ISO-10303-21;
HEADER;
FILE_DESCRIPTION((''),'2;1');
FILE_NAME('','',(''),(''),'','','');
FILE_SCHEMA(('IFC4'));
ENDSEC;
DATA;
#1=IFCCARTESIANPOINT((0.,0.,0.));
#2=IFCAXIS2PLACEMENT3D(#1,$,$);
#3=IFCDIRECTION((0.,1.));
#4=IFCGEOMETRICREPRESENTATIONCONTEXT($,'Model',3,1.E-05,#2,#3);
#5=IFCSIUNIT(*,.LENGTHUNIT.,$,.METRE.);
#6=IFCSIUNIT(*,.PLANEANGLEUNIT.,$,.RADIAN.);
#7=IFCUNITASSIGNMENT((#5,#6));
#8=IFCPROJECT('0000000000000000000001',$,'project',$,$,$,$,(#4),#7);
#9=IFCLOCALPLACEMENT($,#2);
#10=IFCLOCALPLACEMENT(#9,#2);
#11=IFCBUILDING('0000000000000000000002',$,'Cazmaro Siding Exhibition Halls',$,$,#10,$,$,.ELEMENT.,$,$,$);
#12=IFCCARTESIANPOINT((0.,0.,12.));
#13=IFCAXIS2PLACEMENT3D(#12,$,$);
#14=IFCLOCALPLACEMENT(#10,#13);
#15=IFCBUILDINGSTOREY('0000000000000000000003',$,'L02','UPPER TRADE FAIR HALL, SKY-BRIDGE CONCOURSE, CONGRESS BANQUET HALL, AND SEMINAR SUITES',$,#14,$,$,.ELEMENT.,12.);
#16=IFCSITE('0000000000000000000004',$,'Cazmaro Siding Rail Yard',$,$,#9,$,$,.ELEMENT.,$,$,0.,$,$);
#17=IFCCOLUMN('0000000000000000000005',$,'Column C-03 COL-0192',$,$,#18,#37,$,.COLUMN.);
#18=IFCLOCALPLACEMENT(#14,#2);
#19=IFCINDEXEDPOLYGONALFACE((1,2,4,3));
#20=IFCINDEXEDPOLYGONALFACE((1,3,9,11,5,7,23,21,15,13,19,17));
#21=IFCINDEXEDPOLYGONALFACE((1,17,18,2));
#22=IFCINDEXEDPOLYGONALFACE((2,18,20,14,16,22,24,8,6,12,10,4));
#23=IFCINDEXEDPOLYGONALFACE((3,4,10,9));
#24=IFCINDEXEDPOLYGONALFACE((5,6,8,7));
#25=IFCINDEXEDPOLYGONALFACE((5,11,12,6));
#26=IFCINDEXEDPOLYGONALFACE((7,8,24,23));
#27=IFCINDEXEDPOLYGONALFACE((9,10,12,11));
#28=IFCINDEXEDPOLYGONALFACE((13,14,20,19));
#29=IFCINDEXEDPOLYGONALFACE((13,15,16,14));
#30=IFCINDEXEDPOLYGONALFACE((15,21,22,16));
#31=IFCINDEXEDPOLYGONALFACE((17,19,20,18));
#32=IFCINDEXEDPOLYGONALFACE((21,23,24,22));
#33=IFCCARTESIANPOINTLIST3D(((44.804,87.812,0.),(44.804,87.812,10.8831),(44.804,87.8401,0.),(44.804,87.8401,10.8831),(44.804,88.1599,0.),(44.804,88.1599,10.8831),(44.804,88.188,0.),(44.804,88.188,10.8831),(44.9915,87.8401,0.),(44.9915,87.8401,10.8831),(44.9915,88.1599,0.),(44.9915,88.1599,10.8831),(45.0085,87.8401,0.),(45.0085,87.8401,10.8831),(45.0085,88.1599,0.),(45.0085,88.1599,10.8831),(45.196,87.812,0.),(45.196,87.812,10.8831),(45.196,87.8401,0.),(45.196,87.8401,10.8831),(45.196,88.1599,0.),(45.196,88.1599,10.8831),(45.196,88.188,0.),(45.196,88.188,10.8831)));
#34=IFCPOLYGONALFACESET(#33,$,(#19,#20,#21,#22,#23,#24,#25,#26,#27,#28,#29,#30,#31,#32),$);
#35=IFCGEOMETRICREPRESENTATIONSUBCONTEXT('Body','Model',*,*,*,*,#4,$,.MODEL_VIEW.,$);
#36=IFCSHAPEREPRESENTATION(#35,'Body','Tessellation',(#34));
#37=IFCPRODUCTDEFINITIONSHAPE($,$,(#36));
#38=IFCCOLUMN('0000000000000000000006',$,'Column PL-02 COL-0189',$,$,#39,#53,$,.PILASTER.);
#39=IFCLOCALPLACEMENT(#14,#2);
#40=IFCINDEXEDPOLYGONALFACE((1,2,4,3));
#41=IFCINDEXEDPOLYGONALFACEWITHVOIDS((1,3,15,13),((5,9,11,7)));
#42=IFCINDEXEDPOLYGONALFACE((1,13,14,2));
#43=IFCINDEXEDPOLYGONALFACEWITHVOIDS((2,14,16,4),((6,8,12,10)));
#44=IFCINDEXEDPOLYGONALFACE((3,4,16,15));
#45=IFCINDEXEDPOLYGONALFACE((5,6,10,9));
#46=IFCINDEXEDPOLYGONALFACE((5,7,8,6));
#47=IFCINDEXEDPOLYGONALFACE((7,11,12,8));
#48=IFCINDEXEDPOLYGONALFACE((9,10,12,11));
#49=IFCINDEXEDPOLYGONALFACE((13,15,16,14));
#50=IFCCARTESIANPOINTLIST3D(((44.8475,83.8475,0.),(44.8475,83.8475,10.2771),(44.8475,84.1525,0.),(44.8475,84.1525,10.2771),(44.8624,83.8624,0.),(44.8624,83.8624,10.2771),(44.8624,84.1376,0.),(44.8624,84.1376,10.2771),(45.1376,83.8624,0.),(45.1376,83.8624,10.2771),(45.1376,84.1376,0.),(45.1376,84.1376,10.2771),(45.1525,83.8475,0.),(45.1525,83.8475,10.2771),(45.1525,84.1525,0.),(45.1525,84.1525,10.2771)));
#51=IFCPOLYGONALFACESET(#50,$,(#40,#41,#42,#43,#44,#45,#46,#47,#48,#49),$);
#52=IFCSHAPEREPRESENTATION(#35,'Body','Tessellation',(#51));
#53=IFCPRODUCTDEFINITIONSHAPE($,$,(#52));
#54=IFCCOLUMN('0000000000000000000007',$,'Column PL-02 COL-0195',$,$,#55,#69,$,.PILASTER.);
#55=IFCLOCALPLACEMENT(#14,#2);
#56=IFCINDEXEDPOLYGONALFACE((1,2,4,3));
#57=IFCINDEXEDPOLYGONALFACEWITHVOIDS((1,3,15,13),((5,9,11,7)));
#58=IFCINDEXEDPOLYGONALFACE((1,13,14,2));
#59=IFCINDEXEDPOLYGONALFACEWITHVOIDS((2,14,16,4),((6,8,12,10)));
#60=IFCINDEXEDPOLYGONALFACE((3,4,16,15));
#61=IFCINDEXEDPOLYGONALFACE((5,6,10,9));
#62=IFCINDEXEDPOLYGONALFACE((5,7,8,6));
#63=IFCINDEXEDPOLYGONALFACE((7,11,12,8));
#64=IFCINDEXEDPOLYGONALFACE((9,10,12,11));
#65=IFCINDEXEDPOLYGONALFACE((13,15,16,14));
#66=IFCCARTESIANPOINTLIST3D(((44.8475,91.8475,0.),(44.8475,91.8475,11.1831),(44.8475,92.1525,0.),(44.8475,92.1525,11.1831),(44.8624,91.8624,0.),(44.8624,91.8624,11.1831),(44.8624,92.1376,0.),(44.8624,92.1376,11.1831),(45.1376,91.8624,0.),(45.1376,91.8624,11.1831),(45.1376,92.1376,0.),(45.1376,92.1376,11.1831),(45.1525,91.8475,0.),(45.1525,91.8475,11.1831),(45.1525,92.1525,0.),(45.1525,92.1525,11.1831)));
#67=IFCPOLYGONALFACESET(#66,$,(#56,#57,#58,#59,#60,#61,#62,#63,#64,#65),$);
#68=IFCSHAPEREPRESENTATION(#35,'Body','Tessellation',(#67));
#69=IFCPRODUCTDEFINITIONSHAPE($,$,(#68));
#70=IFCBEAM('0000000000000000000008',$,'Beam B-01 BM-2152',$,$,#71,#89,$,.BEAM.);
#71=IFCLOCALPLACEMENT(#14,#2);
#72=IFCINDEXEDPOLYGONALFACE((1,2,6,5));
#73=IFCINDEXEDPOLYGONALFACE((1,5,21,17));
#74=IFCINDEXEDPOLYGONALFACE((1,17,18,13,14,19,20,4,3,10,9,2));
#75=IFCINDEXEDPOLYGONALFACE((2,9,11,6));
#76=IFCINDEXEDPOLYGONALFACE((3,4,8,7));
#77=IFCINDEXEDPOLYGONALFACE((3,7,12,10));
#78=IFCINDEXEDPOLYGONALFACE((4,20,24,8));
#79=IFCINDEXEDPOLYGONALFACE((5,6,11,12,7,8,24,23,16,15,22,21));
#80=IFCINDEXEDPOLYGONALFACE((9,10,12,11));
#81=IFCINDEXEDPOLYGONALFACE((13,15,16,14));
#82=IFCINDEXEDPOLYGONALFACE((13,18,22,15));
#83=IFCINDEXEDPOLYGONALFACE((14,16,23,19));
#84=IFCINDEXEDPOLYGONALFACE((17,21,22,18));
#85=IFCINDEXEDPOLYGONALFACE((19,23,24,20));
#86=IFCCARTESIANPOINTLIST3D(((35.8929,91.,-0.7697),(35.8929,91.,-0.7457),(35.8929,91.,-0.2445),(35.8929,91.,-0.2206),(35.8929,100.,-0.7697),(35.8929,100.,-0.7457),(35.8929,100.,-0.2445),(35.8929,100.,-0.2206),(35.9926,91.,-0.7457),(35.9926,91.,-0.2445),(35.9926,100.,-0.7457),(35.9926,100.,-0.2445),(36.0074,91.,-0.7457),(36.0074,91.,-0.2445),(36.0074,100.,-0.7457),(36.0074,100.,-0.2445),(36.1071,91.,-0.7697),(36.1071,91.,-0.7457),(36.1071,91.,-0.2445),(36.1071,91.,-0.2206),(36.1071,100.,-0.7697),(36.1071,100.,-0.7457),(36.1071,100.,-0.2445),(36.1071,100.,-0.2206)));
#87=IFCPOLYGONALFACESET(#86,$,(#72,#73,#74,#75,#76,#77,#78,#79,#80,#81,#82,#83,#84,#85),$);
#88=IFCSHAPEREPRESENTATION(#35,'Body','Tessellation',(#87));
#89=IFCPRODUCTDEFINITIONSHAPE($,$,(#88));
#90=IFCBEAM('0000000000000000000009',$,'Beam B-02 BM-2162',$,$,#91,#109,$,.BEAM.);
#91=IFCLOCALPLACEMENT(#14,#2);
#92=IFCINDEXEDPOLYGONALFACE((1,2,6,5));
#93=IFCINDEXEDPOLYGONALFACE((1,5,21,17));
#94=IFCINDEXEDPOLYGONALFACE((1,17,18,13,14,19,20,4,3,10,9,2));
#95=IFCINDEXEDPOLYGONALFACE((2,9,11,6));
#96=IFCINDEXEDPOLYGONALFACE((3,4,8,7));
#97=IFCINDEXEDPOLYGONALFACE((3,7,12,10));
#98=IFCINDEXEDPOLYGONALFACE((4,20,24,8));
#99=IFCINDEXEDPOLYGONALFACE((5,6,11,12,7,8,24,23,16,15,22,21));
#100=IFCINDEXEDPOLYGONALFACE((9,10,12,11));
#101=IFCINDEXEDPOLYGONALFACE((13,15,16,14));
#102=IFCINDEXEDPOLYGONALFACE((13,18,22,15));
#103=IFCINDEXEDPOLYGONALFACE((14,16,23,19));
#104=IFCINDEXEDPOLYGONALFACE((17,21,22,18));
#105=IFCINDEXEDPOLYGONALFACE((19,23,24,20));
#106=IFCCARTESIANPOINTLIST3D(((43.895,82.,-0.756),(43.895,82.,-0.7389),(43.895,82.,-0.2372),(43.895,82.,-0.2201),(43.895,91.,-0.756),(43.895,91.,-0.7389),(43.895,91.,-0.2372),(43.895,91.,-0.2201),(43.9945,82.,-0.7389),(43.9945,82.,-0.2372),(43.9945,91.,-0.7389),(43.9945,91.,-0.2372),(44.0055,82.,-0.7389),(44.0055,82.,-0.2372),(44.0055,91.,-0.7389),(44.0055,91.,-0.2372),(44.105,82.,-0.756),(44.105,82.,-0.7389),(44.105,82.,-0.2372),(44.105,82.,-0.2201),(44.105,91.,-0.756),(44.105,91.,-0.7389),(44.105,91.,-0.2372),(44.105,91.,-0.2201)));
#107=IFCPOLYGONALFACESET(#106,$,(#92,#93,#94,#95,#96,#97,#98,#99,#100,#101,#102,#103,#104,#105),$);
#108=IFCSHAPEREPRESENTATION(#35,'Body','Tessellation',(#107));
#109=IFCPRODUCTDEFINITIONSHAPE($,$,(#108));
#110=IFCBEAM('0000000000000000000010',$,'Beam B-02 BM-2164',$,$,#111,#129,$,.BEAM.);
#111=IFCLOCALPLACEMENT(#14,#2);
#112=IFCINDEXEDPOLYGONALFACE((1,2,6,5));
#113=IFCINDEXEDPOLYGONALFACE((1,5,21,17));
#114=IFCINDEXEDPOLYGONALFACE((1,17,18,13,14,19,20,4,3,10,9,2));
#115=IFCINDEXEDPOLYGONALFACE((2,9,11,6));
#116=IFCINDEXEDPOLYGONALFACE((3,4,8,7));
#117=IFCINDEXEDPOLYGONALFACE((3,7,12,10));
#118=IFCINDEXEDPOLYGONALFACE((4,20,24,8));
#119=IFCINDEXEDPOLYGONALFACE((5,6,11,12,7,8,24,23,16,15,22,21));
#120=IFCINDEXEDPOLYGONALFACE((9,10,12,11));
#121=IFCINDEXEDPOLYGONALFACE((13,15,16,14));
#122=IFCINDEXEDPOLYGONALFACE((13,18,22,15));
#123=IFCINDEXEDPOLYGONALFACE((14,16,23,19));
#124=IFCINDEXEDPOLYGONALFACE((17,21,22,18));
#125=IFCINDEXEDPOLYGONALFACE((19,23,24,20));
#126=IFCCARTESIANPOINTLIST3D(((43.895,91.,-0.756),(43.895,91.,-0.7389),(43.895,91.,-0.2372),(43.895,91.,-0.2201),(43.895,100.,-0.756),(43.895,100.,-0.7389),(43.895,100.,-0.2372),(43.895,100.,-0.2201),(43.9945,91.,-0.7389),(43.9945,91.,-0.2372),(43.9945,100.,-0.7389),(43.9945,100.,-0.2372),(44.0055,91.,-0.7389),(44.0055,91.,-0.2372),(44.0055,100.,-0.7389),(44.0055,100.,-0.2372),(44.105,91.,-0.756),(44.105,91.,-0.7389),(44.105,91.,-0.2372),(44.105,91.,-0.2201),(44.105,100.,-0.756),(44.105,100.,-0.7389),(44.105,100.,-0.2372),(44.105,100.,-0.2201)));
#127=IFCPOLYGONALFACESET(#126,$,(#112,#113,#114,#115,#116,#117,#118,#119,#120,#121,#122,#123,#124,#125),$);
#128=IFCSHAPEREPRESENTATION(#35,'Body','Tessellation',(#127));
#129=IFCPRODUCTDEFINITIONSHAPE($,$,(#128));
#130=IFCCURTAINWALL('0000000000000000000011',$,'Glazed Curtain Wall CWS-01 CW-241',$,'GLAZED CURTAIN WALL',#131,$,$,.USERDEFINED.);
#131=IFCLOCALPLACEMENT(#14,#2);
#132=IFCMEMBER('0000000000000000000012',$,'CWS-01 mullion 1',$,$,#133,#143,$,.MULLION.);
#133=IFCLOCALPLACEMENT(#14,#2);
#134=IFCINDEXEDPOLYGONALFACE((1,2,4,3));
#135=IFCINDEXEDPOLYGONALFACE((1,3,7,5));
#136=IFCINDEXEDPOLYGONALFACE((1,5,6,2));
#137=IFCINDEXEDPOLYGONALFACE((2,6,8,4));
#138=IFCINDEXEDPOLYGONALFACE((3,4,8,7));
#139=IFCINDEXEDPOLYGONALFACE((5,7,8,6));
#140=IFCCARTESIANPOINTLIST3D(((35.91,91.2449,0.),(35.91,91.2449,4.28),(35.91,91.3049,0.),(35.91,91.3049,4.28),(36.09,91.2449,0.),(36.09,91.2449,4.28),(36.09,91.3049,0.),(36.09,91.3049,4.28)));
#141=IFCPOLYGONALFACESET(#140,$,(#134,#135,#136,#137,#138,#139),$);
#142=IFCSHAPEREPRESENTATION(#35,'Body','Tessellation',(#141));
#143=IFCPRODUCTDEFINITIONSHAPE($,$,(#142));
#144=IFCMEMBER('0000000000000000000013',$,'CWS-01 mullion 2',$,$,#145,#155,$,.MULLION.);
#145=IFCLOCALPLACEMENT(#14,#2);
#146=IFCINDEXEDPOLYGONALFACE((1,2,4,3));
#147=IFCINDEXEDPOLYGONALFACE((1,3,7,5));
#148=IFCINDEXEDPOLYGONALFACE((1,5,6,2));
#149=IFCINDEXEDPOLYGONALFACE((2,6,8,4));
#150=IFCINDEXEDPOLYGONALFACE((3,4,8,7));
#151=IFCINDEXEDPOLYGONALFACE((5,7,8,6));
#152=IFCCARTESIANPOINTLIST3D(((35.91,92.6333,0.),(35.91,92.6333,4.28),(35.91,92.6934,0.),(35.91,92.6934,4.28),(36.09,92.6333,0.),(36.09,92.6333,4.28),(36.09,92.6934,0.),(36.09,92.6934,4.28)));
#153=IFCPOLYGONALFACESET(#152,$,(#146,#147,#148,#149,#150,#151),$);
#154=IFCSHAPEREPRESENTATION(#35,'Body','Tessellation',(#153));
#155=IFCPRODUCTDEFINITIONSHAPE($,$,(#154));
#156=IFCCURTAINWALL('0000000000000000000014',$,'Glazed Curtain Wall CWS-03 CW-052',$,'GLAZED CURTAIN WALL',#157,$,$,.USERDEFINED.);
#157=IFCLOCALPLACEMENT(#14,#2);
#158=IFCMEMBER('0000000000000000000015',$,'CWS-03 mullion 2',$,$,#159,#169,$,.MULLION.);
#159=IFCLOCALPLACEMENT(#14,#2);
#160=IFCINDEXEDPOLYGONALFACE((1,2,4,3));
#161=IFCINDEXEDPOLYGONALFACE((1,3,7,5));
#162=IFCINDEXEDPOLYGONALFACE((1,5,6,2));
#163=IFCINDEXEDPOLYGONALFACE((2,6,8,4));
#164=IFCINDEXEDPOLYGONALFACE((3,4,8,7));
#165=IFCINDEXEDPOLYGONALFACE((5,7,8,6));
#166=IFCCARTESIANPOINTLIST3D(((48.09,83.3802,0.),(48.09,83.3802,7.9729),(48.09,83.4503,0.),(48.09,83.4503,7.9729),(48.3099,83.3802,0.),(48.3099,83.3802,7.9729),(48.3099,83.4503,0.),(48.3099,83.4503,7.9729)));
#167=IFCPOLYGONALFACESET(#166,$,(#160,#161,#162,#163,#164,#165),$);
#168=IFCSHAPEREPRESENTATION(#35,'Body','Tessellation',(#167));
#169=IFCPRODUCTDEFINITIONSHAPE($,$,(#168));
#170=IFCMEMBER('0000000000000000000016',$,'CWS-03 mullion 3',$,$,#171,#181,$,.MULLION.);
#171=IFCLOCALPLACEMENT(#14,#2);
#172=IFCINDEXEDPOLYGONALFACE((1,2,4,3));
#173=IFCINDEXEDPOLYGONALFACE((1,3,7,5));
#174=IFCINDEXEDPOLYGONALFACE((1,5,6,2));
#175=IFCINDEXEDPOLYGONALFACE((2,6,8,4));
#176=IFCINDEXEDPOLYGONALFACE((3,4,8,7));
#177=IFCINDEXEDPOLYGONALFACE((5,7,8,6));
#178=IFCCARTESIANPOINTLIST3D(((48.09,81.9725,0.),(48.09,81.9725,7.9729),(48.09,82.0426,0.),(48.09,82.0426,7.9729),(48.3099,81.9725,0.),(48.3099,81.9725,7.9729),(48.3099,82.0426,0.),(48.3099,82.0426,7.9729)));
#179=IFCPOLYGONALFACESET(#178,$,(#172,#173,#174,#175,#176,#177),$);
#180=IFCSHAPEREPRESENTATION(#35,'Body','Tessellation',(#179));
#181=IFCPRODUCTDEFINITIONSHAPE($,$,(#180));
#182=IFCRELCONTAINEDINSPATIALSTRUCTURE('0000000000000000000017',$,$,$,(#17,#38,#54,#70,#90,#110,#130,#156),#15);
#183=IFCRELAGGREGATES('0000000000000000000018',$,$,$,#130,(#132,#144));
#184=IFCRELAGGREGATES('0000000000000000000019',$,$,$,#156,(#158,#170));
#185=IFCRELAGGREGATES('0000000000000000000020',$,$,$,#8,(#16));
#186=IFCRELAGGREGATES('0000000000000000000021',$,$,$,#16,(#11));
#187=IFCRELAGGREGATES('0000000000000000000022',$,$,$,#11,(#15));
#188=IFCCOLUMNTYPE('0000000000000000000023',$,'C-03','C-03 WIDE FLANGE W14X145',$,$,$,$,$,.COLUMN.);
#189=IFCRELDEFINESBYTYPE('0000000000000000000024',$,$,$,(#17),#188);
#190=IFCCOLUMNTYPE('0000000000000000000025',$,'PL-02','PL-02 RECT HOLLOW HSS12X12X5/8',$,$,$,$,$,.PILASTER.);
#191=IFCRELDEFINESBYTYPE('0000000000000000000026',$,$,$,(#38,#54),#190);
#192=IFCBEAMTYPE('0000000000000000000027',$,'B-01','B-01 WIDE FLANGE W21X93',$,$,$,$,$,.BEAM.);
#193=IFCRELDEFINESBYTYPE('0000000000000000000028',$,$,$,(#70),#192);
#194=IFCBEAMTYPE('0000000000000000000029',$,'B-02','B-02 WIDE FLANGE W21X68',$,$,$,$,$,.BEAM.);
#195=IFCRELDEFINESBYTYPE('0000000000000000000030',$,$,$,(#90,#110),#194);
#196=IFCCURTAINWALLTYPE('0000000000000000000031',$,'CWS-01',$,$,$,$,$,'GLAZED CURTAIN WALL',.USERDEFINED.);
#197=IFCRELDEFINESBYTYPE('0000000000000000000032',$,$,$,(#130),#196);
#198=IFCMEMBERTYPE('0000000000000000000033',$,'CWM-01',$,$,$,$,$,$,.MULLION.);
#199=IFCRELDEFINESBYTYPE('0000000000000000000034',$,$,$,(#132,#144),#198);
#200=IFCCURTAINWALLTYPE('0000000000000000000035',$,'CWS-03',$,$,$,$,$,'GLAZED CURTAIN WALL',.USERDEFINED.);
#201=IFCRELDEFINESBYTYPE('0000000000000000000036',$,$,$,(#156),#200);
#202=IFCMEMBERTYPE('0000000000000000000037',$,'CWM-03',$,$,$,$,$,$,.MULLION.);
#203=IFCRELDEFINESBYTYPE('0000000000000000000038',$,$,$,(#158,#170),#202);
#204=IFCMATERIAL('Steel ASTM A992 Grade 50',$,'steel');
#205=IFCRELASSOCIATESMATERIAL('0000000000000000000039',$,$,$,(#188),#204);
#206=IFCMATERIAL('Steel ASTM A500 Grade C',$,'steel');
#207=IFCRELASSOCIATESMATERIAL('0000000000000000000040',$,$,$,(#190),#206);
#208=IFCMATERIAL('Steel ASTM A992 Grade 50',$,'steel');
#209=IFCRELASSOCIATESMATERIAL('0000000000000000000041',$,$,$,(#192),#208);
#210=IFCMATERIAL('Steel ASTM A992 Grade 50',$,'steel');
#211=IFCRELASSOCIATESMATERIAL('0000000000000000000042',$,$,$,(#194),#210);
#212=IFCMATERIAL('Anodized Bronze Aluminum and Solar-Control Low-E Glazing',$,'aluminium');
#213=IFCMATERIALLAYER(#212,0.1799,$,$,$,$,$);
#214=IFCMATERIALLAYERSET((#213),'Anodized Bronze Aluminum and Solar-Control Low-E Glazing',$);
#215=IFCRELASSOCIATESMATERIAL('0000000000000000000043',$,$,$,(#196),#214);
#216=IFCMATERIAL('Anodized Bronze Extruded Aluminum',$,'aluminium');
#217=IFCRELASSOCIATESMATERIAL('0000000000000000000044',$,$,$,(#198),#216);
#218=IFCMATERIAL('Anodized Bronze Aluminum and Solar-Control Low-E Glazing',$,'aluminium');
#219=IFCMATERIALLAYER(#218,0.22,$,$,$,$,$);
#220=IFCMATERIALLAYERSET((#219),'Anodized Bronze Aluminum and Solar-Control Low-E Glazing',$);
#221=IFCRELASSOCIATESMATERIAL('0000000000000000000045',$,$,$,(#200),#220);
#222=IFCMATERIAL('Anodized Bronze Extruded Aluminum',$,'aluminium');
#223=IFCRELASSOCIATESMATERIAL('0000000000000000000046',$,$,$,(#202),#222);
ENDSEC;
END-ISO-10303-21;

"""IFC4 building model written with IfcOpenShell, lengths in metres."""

from ifc_helpers import new_model, si_unit, direction, frame, origin, origin_2d, place, context, subcontext, project, spatial, rectangle, hollow_rectangle, i_section, extrude, material, layer, layer_set, material_profile, profile_set, type_object, element, aggregate, save


model = new_model("IFC4")

# Units and contexts
model_context = context("Model", 3, precision=1e-05, world=origin(), true_north=direction((0.0, 1.0)))
body_context = subcontext(model_context, "Body", "Model", "MODEL_VIEW")
ifc_project = project(units=[si_unit("LENGTHUNIT", "METRE"), si_unit("PLANEANGLEUNIT", "RADIAN")], contexts=[model_context])

# Site, building, storey
site_placement = place(None, origin())
site = spatial("IfcSite", under=ifc_project, at=site_placement, Name="Cazmaro Siding Rail Yard", CompositionType="ELEMENT", RefElevation=0.0)
building_placement = place(site_placement, origin())
building = spatial("IfcBuilding", under=site, at=building_placement, Name="Cazmaro Siding Exhibition Halls", CompositionType="ELEMENT")
storey_placement = place(building_placement, frame((0.0, 0.0, 12.0)))
storey = spatial("IfcBuildingStorey", under=building, at=storey_placement, Name="L02", Description="UPPER TRADE FAIR HALL, SKY-BRIDGE CONCOURSE, CONGRESS BANQUET HALL, AND SEMINAR SUITES", CompositionType="ELEMENT", Elevation=12.0)

# Columns
ifc_material_1 = material(Name="Steel ASTM A992 Grade 50", Category="steel")
ifc_material_profile_1 = material_profile(ifc_material_1, i_section(OverallWidth=0.3921, OverallDepth=0.376, WebThickness=0.0171, FlangeThickness=0.0281, at=origin_2d()), Name="W14X145")
ifc_profile_set_1 = profile_set([ifc_material_profile_1], Name="Steel ASTM A992 Grade 50")
column_type_1 = type_object("IfcColumnType", Name="C-03", Description="C-03 WIDE FLANGE W14X145", PredefinedType="COLUMN", material=ifc_profile_set_1)
column_1_placement = place(storey_placement, frame((45.0, 88.0, 0.0), z_axis=(0.0, 0.0, 1.0), x_axis=(1.0, 0.0, 0.0)))
element("IfcColumn", 1, at=column_1_placement, inside=storey, type_object=column_type_1, Name="Column C-03 COL-0192", PredefinedType="COLUMN", context=body_context, shape_type="SweptSolid", body=[
    extrude(i_section(OverallWidth=0.3921, OverallDepth=0.376, WebThickness=0.0171, FlangeThickness=0.0281, at=origin_2d()), origin(), (0.0, 0.0, 1.0), 10.8831),
])
ifc_material_2 = material(Name="Steel ASTM A500 Grade C", Category="steel")
ifc_material_profile_2 = material_profile(ifc_material_2, hollow_rectangle(XDim=0.3049, YDim=0.3049, WallThickness=0.0149, at=origin_2d()), Name="HSS12X12X5/8")
ifc_profile_set_2 = profile_set([ifc_material_profile_2], Name="Steel ASTM A500 Grade C")
column_type_2 = type_object("IfcColumnType", Name="PL-02", Description="PL-02 RECT HOLLOW HSS12X12X5/8", PredefinedType="PILASTER", material=ifc_profile_set_2)
column_2_placement = place(storey_placement, frame((45.0, 84.0, 0.0), z_axis=(0.0, 0.0, 1.0), x_axis=(1.0, 0.0, 0.0)))
element("IfcColumn", 2, at=column_2_placement, inside=storey, type_object=column_type_2, Name="Column PL-02 COL-0189", PredefinedType="PILASTER", context=body_context, shape_type="SweptSolid", body=[
    extrude(hollow_rectangle(XDim=0.3049, YDim=0.3049, WallThickness=0.0149, at=origin_2d()), origin(), (0.0, 0.0, 1.0), 10.2771),
])
column_3_placement = place(storey_placement, frame((45.0, 92.0, 0.0), z_axis=(0.0, 0.0, 1.0), x_axis=(1.0, 0.0, 0.0)))
element("IfcColumn", 3, at=column_3_placement, inside=storey, type_object=column_type_2, Name="Column PL-02 COL-0195", PredefinedType="PILASTER", context=body_context, shape_type="SweptSolid", body=[
    extrude(hollow_rectangle(XDim=0.3049, YDim=0.3049, WallThickness=0.0149, at=origin_2d()), origin(), (0.0, 0.0, 1.0), 11.1831),
])

# Beams
ifc_material_3 = material(Name="Steel ASTM A992 Grade 50", Category="steel")
ifc_material_profile_3 = material_profile(ifc_material_3, i_section(OverallWidth=0.2141, OverallDepth=0.5491, WebThickness=0.0149, FlangeThickness=0.0239, at=origin_2d()), Name="W21X93")
ifc_profile_set_3 = profile_set([ifc_material_profile_3], Name="Steel ASTM A992 Grade 50")
beam_type_1 = type_object("IfcBeamType", Name="B-01", Description="B-01 WIDE FLANGE W21X93", PredefinedType="BEAM", material=ifc_profile_set_3)
beam_1_placement = place(storey_placement, frame((36.0, 91.0, -0.4951), z_axis=(0.0, 1.0, 0.0), x_axis=(-1.0, 0.0, 0.0)))
element("IfcBeam", 4, at=beam_1_placement, inside=storey, type_object=beam_type_1, Name="Beam B-01 BM-2152", PredefinedType="BEAM", context=body_context, shape_type="SweptSolid", body=[
    extrude(i_section(OverallWidth=0.2141, OverallDepth=0.5491, WebThickness=0.0149, FlangeThickness=0.0239, at=origin_2d()), origin(), (0.0, 0.0, 1.0), 9.0),
])
ifc_material_4 = material(Name="Steel ASTM A992 Grade 50", Category="steel")
ifc_material_profile_4 = material_profile(ifc_material_4, i_section(OverallWidth=0.21, OverallDepth=0.5359, WebThickness=0.011, FlangeThickness=0.0171, at=origin_2d()), Name="W21X68")
ifc_profile_set_4 = profile_set([ifc_material_profile_4], Name="Steel ASTM A992 Grade 50")
beam_type_2 = type_object("IfcBeamType", Name="B-02", Description="B-02 WIDE FLANGE W21X68", PredefinedType="BEAM", material=ifc_profile_set_4)
for number, where, z_axis, x_axis, name in (
    (5, (44.0, 82.0, -0.488), (0.0, 1.0, 0.0), (-1.0, 0.0, 0.0), "Beam B-02 BM-2162"),
    (6, (44.0, 91.0, -0.488), (0.0, 1.0, 0.0), (-1.0, 0.0, 0.0), "Beam B-02 BM-2164"),
):
    element("IfcBeam", number, at=place(storey_placement, frame(where, z_axis=z_axis, x_axis=x_axis)), inside=storey, type_object=beam_type_2, Name=name, PredefinedType="BEAM", context=body_context, shape_type="SweptSolid", body=[
        extrude(i_section(OverallWidth=0.21, OverallDepth=0.5359, WebThickness=0.011, FlangeThickness=0.0171, at=origin_2d()), origin(), (0.0, 0.0, 1.0), 9.0),
    ])

# Curtain walls, members
ifc_material_5 = material(Name="Anodized Bronze Aluminum and Solar-Control Low-E Glazing", Category="aluminium")
ifc_layer_1 = layer(ifc_material_5, 0.1799)
ifc_layer_set_1 = layer_set([ifc_layer_1], Name="Anodized Bronze Aluminum and Solar-Control Low-E Glazing")
curtain_wall_type_1 = type_object("IfcCurtainWallType", Name="CWS-01", ElementType="GLAZED CURTAIN WALL", PredefinedType="USERDEFINED", material=ifc_layer_set_1)
curtain_wall_1_placement = place(storey_placement, origin())
curtain_wall_1 = element("IfcCurtainWall", 7, at=curtain_wall_1_placement, inside=storey, type_object=curtain_wall_type_1, Name="Glazed Curtain Wall CWS-01 CW-241", ObjectType="GLAZED CURTAIN WALL", PredefinedType="USERDEFINED")
ifc_material_6 = material(Name="Anodized Bronze Extruded Aluminum", Category="aluminium")
ifc_material_profile_5 = material_profile(ifc_material_6, rectangle(XDim=0.1799, YDim=0.0601, at=origin_2d()), Name="CWM-01")
ifc_profile_set_5 = profile_set([ifc_material_profile_5], Name="Anodized Bronze Extruded Aluminum")
member_type_1 = type_object("IfcMemberType", Name="CWM-01", PredefinedType="MULLION", material=ifc_profile_set_5)
member_1_placement = place(storey_placement, frame((36.0, 91.2749, 0.0), z_axis=(0.0, 0.0, 1.0), x_axis=(-1.0, 0.0, 0.0)))
member_1 = element("IfcMember", 8, at=member_1_placement, type_object=member_type_1, Name="CWS-01 mullion 1", PredefinedType="MULLION", context=body_context, shape_type="SweptSolid", body=[
    extrude(rectangle(XDim=0.1799, YDim=0.0601, at=origin_2d()), origin(), (0.0, 0.0, 1.0), 4.28),
])
member_2_placement = place(storey_placement, frame((36.0, 92.6633, 0.0), z_axis=(0.0, 0.0, 1.0), x_axis=(-1.0, 0.0, 0.0)))
member_2 = element("IfcMember", 9, at=member_2_placement, type_object=member_type_1, Name="CWS-01 mullion 2", PredefinedType="MULLION", context=body_context, shape_type="SweptSolid", body=[
    extrude(rectangle(XDim=0.1799, YDim=0.0601, at=origin_2d()), origin(), (0.0, 0.0, 1.0), 4.28),
])
ifc_material_7 = material(Name="Anodized Bronze Aluminum and Solar-Control Low-E Glazing", Category="aluminium")
ifc_layer_2 = layer(ifc_material_7, 0.22)
ifc_layer_set_2 = layer_set([ifc_layer_2], Name="Anodized Bronze Aluminum and Solar-Control Low-E Glazing")
curtain_wall_type_2 = type_object("IfcCurtainWallType", Name="CWS-03", ElementType="GLAZED CURTAIN WALL", PredefinedType="USERDEFINED", material=ifc_layer_set_2)
curtain_wall_2_placement = place(storey_placement, origin())
curtain_wall_2 = element("IfcCurtainWall", 10, at=curtain_wall_2_placement, inside=storey, type_object=curtain_wall_type_2, Name="Glazed Curtain Wall CWS-03 CW-052", ObjectType="GLAZED CURTAIN WALL", PredefinedType="USERDEFINED")
ifc_material_8 = material(Name="Anodized Bronze Extruded Aluminum", Category="aluminium")
ifc_material_profile_6 = material_profile(ifc_material_8, rectangle(XDim=0.22, YDim=0.0701, at=origin_2d()), Name="CWM-03")
ifc_profile_set_6 = profile_set([ifc_material_profile_6], Name="Anodized Bronze Extruded Aluminum")
member_type_2 = type_object("IfcMemberType", Name="CWM-03", PredefinedType="MULLION", material=ifc_profile_set_6)
member_3_placement = place(storey_placement, frame((48.2, 83.4153, 0.0), z_axis=(0.0, 0.0, 1.0), x_axis=(1.0, 0.0, 0.0)))
member_3 = element("IfcMember", 11, at=member_3_placement, type_object=member_type_2, Name="CWS-03 mullion 2", PredefinedType="MULLION", context=body_context, shape_type="SweptSolid", body=[
    extrude(rectangle(XDim=0.22, YDim=0.0701, at=origin_2d()), origin(), (0.0, 0.0, 1.0), 7.9729),
])
member_4_placement = place(storey_placement, frame((48.2, 82.0076, 0.0), z_axis=(0.0, 0.0, 1.0), x_axis=(1.0, 0.0, 0.0)))
member_4 = element("IfcMember", 12, at=member_4_placement, type_object=member_type_2, Name="CWS-03 mullion 3", PredefinedType="MULLION", context=body_context, shape_type="SweptSolid", body=[
    extrude(rectangle(XDim=0.22, YDim=0.0701, at=origin_2d()), origin(), (0.0, 0.0, 1.0), 7.9729),
])

aggregate(curtain_wall_1, [member_1, member_2])
aggregate(curtain_wall_2, [member_3, member_4])

save(model, "model.ifc")
